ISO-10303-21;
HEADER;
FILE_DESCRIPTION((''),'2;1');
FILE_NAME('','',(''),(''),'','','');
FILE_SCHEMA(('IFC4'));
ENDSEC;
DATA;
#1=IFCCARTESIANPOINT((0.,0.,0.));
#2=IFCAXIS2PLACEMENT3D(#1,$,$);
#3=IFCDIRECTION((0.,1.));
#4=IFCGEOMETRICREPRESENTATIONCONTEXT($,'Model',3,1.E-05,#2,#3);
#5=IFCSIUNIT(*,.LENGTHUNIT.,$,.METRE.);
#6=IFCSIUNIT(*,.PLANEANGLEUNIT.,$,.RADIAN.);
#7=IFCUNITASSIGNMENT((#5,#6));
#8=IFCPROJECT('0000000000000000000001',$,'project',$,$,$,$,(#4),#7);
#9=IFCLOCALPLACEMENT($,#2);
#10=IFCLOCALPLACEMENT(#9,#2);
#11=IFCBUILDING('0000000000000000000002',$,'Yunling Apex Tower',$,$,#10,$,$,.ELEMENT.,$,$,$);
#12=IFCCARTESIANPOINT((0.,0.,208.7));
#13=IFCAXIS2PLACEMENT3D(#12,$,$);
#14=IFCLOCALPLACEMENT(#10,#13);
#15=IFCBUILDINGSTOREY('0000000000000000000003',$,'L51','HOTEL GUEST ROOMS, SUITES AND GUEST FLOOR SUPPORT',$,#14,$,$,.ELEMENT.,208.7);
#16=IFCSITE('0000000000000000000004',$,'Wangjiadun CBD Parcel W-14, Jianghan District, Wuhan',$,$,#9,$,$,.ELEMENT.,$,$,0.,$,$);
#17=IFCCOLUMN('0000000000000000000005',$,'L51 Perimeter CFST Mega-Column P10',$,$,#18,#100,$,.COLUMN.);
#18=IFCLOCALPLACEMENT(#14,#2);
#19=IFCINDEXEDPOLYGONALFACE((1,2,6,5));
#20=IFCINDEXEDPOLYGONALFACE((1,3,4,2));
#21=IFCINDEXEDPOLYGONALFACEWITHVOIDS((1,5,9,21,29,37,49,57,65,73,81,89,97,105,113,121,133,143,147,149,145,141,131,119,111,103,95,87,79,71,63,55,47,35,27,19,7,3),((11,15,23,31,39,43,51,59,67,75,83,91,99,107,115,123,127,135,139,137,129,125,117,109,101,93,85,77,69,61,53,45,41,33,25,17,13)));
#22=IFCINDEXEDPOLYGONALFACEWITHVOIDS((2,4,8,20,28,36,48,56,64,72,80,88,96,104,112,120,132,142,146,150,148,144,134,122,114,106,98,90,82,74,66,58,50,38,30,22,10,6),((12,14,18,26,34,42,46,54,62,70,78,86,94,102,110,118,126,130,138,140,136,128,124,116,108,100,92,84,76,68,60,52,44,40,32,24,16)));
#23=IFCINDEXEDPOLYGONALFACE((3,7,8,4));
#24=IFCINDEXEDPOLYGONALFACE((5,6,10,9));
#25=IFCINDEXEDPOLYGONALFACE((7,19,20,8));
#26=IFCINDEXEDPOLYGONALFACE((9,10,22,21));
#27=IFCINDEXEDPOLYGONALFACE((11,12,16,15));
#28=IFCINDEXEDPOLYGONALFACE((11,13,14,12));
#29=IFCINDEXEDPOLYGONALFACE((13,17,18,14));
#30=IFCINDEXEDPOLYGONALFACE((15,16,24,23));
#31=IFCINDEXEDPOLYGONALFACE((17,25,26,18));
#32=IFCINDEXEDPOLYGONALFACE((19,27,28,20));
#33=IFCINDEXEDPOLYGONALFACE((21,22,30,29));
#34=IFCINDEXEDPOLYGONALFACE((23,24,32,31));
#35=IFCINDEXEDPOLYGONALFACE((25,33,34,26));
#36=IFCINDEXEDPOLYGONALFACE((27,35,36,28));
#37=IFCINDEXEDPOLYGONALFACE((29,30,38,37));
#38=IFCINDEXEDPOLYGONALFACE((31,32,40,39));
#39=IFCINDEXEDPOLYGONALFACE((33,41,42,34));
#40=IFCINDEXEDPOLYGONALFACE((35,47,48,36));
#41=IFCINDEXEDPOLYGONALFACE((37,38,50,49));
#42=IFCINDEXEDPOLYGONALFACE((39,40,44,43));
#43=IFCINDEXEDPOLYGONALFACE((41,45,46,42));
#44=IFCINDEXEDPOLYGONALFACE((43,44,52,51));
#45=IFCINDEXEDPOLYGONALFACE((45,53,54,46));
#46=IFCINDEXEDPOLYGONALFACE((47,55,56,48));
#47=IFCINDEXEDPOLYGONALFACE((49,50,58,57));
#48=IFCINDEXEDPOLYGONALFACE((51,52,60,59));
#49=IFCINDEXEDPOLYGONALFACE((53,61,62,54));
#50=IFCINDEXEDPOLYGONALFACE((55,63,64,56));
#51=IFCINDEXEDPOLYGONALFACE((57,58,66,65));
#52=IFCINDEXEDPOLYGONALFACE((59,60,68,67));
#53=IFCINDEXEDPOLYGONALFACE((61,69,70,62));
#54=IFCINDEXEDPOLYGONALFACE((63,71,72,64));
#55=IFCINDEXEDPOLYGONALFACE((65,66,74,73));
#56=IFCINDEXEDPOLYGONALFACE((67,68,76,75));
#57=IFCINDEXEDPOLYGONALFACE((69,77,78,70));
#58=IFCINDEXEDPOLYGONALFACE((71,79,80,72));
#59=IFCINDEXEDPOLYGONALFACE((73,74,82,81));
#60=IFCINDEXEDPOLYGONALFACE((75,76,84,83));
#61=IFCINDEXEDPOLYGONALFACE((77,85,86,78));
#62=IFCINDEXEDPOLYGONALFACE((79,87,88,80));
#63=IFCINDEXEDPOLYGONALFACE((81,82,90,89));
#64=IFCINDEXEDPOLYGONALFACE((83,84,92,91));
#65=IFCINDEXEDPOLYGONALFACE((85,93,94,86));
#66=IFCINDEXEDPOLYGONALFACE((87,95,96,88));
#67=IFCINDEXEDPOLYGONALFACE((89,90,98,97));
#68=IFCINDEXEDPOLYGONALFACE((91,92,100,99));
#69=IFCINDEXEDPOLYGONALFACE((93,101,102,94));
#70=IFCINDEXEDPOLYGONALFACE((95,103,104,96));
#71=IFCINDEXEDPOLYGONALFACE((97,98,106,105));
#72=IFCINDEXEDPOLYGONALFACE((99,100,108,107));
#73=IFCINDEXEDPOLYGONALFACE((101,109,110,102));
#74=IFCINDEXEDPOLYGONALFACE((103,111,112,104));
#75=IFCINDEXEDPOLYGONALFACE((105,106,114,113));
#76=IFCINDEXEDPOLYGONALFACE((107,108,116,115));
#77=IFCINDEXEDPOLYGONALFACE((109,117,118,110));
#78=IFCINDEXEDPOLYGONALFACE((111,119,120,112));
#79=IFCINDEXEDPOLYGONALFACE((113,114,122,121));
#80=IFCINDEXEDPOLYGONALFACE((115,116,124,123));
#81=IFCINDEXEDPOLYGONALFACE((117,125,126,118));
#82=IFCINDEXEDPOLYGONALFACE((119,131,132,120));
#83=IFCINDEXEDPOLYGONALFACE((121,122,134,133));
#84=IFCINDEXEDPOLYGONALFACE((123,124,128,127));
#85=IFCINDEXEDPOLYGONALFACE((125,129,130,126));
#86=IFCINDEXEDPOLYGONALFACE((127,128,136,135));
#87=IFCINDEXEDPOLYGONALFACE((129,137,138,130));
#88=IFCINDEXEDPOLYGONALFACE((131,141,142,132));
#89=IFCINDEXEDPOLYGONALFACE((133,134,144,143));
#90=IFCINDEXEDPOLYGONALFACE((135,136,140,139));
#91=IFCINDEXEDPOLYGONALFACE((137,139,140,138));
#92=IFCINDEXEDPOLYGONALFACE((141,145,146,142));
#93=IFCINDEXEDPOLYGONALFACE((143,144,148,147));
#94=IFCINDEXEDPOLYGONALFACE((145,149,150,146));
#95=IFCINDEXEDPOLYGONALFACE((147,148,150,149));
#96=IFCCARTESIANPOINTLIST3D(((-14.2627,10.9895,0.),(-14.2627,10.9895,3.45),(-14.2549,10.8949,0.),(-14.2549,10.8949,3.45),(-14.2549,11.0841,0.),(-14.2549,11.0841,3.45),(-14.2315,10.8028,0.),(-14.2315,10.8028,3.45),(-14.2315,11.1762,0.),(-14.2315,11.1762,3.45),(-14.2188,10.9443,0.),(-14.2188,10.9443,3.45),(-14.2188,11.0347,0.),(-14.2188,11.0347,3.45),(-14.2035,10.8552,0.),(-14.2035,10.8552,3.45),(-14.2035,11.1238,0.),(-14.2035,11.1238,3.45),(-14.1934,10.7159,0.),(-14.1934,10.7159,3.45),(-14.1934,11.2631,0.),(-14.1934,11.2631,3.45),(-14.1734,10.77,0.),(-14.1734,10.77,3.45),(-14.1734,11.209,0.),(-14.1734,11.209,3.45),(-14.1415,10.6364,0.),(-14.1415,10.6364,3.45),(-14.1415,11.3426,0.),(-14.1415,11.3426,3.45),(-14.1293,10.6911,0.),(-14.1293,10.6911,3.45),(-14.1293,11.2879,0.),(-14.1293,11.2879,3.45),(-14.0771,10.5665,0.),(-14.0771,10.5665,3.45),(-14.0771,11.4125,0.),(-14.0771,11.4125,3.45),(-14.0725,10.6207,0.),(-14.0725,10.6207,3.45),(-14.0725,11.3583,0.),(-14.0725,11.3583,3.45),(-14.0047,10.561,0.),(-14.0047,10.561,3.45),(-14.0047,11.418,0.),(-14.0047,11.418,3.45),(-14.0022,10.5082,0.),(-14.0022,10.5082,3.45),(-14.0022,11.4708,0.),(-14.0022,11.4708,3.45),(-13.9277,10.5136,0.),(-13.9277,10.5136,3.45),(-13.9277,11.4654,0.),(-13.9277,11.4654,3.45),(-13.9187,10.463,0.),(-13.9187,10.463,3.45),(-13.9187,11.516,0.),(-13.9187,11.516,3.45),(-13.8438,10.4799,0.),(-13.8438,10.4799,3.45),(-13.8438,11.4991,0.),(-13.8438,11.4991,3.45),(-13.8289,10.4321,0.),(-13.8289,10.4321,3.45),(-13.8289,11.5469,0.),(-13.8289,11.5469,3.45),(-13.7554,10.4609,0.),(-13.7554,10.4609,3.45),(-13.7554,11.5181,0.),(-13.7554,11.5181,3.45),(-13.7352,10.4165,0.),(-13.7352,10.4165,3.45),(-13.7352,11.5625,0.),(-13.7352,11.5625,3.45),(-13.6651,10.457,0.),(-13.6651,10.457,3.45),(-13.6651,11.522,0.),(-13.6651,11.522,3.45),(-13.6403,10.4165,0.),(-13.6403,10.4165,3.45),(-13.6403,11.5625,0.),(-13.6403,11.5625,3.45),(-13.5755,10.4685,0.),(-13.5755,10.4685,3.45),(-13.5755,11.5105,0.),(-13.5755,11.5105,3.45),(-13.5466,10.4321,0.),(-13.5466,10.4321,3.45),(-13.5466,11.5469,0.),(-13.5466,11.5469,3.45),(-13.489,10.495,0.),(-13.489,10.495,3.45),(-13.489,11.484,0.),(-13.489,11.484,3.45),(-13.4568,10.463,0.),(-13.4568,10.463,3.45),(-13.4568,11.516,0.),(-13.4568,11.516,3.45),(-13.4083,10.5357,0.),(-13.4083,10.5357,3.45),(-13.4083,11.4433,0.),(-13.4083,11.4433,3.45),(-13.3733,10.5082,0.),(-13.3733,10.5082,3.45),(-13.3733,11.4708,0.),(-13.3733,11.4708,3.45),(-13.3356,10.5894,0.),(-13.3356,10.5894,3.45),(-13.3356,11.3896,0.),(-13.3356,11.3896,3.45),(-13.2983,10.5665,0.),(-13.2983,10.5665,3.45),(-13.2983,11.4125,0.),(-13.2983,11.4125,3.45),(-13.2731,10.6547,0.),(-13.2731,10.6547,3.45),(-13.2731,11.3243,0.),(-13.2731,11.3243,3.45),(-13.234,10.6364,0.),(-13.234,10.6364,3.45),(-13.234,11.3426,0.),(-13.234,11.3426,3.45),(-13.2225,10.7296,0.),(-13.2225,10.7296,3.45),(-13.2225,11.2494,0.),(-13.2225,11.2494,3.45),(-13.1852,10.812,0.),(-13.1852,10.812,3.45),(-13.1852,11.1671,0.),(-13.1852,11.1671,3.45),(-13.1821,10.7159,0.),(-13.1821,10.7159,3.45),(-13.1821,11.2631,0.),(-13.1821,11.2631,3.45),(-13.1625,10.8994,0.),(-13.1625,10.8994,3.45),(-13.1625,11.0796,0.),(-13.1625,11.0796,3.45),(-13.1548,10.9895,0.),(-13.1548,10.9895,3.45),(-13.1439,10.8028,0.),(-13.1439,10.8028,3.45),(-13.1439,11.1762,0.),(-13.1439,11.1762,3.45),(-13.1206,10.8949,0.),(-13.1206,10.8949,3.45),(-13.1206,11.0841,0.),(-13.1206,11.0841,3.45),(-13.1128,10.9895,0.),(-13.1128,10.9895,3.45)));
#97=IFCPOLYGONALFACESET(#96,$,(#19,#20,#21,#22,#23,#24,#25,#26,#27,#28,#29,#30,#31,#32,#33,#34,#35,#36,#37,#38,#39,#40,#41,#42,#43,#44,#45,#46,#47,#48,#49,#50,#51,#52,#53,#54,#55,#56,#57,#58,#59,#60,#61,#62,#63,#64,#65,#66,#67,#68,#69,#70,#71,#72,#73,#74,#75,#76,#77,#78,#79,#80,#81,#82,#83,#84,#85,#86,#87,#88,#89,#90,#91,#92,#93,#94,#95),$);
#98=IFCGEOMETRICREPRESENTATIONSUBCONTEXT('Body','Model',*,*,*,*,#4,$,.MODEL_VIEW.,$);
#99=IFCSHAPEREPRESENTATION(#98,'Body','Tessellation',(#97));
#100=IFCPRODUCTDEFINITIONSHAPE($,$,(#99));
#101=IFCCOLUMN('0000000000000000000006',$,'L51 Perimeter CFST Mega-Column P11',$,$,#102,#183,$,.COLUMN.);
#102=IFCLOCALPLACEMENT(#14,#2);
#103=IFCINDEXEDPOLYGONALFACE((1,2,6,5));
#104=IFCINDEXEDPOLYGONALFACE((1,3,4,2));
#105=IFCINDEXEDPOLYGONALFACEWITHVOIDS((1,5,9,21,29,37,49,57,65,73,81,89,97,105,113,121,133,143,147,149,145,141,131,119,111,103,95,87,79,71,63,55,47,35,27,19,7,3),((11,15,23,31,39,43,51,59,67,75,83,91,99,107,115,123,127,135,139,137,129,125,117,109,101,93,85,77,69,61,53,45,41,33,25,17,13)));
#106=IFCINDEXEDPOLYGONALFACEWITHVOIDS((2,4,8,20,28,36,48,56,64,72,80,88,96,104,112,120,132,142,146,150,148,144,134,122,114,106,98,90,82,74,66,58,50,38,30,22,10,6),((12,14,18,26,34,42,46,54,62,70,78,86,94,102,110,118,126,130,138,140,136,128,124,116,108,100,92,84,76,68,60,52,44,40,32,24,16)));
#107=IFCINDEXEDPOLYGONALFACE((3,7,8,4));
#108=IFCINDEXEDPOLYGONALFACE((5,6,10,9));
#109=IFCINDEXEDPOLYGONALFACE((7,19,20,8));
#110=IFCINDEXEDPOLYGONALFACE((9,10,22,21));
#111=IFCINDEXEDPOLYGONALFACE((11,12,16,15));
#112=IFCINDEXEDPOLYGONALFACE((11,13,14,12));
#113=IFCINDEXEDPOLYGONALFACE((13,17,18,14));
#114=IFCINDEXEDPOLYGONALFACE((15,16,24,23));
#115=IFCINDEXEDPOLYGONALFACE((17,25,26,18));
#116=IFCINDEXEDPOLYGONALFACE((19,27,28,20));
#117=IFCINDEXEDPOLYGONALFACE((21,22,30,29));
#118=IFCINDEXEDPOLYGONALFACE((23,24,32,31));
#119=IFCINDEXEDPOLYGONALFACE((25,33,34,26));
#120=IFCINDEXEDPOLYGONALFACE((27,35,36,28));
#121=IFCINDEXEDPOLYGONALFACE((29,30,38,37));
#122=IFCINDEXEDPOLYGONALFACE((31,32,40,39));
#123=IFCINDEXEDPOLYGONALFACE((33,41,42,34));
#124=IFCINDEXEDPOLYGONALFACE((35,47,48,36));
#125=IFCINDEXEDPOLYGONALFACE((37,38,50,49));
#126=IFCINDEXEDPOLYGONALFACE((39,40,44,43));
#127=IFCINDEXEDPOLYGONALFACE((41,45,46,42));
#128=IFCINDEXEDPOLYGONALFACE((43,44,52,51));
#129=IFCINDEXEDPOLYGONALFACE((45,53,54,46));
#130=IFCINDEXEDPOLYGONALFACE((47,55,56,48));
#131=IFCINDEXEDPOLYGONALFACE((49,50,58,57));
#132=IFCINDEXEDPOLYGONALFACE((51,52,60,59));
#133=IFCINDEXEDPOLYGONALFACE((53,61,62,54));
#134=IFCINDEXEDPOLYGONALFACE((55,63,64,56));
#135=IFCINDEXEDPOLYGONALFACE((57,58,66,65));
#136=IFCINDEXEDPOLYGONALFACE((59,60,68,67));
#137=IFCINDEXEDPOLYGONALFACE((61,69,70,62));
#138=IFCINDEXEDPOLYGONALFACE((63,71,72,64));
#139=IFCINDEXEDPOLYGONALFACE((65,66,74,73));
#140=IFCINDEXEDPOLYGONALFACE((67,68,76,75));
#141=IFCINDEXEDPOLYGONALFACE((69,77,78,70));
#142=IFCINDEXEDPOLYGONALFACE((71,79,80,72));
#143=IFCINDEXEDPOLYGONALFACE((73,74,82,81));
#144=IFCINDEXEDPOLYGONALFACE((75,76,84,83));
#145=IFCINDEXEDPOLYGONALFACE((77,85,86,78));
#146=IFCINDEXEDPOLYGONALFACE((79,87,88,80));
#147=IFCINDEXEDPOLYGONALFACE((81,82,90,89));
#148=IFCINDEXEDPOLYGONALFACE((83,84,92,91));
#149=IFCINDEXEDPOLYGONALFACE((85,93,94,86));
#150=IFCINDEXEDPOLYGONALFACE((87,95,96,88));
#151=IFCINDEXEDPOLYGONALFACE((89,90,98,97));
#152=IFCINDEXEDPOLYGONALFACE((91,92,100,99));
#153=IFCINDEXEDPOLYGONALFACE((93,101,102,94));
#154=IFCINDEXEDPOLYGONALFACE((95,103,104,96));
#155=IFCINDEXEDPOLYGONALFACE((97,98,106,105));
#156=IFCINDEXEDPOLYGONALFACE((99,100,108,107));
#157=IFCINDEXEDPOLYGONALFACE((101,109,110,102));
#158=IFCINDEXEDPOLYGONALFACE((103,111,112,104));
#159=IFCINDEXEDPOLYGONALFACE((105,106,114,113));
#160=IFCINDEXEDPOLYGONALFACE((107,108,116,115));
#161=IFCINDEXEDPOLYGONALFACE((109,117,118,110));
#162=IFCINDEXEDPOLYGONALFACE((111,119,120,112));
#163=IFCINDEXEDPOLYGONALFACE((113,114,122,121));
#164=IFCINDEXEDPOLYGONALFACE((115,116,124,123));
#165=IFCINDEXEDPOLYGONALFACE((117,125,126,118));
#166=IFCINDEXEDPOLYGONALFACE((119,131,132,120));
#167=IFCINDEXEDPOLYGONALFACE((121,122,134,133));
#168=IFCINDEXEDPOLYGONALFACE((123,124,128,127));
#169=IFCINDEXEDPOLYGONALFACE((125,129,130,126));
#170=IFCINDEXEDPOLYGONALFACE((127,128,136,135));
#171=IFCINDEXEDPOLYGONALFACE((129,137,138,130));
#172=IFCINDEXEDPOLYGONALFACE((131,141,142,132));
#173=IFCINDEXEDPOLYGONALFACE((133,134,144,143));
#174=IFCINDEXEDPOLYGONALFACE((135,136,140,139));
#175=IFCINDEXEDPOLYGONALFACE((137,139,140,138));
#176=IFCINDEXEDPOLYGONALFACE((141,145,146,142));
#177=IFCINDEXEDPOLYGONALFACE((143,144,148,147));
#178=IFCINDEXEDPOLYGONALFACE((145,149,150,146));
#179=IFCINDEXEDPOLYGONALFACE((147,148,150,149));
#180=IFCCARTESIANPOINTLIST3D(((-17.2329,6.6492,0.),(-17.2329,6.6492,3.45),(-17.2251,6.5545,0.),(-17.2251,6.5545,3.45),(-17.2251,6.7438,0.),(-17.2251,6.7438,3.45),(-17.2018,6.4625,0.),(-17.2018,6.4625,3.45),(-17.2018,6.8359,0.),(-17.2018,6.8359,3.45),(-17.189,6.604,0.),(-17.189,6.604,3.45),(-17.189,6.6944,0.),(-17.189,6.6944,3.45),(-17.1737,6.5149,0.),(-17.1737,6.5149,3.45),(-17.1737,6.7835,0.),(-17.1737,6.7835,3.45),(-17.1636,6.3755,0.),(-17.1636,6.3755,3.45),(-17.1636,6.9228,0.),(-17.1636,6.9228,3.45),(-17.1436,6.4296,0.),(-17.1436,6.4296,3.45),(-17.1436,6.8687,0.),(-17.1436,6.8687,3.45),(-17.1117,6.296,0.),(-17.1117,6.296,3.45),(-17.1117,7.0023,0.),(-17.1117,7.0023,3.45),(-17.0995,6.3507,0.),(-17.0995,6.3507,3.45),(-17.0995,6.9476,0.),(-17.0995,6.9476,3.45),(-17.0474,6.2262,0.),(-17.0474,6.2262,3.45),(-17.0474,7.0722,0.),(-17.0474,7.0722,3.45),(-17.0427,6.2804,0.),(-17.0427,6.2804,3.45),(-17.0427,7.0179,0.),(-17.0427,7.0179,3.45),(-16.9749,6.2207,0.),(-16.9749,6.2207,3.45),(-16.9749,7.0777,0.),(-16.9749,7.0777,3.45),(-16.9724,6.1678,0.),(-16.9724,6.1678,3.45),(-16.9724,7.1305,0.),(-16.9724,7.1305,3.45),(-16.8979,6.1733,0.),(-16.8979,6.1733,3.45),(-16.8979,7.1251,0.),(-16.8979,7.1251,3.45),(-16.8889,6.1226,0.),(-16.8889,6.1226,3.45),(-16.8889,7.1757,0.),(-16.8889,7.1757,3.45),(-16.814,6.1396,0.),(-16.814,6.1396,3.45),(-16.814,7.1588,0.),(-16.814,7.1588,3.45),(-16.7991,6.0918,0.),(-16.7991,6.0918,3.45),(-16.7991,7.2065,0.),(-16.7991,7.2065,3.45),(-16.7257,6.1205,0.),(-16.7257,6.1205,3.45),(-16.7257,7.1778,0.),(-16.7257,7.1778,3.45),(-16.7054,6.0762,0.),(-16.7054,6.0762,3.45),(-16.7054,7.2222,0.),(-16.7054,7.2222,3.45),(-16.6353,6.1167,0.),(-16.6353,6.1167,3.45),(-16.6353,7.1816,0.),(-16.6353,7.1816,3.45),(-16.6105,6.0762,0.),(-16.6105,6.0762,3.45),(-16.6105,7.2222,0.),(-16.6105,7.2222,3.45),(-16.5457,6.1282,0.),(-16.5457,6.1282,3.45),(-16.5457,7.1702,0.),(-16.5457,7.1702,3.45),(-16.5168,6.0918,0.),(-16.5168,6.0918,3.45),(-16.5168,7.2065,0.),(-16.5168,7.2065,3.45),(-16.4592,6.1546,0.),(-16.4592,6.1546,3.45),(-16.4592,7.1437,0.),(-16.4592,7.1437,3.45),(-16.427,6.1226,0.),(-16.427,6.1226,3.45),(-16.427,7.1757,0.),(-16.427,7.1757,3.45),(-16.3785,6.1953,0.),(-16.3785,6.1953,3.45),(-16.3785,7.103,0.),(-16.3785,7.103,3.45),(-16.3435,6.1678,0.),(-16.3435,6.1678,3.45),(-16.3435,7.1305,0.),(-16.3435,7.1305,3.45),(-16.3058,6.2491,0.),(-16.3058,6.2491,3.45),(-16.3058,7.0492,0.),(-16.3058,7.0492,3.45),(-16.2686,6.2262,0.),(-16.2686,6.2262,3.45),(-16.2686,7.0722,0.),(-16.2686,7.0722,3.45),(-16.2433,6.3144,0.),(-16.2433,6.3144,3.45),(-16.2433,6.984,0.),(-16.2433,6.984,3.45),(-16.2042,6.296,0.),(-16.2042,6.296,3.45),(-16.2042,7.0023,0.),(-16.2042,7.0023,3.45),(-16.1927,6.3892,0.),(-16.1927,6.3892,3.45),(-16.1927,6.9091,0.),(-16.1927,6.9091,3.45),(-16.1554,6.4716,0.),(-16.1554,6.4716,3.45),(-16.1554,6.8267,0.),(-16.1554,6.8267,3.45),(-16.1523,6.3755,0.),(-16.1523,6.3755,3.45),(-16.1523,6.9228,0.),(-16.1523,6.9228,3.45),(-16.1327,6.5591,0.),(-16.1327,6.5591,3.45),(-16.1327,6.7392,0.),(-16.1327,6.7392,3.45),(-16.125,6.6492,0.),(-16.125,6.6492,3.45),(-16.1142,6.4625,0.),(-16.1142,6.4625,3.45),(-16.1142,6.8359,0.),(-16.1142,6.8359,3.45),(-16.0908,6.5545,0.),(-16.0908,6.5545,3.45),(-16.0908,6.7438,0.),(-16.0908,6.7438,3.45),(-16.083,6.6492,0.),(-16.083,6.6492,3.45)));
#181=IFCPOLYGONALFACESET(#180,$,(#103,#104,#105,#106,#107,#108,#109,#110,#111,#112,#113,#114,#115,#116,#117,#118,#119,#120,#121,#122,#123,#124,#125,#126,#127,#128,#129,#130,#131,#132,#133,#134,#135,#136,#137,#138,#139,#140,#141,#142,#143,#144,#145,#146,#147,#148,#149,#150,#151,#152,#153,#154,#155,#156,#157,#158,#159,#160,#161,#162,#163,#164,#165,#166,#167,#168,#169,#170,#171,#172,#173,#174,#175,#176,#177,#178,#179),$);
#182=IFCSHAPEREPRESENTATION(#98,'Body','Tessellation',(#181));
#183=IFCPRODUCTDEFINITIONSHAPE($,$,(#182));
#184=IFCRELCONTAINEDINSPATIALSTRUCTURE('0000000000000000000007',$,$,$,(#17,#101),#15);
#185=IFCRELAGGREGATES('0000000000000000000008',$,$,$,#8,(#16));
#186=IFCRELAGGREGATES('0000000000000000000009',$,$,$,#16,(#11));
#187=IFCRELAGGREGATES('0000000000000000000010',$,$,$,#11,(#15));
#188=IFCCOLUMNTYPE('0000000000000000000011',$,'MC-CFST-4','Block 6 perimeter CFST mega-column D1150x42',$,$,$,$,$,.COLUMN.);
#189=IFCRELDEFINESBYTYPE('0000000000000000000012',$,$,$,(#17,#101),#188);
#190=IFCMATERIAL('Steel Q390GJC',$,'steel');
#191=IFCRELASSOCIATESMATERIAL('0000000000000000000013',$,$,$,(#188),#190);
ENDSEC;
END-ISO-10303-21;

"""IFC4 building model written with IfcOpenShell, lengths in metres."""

from ifc_helpers import new_model, si_unit, direction, frame, origin, origin_2d, place, context, subcontext, project, spatial, hollow_circle, extrude, source, transform, mapped, material, material_profile, profile_set, type_object, element, save


model = new_model("IFC4")

# Units and contexts
model_context = context("Model", 3, precision=1e-05, world=origin(), true_north=direction((0.0, 1.0)))
body_context = subcontext(model_context, "Body", "Model", "MODEL_VIEW")
ifc_project = project(units=[si_unit("LENGTHUNIT", "METRE"), si_unit("PLANEANGLEUNIT", "RADIAN")], contexts=[model_context])

# Site, building, storey
site_placement = place(None, origin())
site = spatial("IfcSite", under=ifc_project, at=site_placement, Name="Wangjiadun CBD Parcel W-14, Jianghan District, Wuhan", CompositionType="ELEMENT", RefElevation=0.0)
building_placement = place(site_placement, origin())
building = spatial("IfcBuilding", under=site, at=building_placement, Name="Yunling Apex Tower", CompositionType="ELEMENT")
storey_placement = place(building_placement, frame((0.0, 0.0, 208.7)))
storey = spatial("IfcBuildingStorey", under=building, at=storey_placement, Name="L51", Description="HOTEL GUEST ROOMS, SUITES AND GUEST FLOOR SUPPORT", CompositionType="ELEMENT", Elevation=208.7)

# Columns
ifc_material_1 = material(Name="Steel Q390GJC", Category="steel")
ifc_material_profile_1 = material_profile(ifc_material_1, hollow_circle(Radius=0.575, WallThickness=0.042, at=origin_2d()))
ifc_profile_set_1 = profile_set([ifc_material_profile_1], Name="Steel Q390GJC")
column_type = type_object("IfcColumnType", Name="MC-CFST-4", Description="Block 6 perimeter CFST mega-column D1150x42", PredefinedType="COLUMN", material=ifc_profile_set_1)
shared_shape_1 = source(origin(), body_context, "Body", "SweptSolid", [
    extrude(hollow_circle(Radius=0.575, WallThickness=0.042, at=origin_2d()), origin(), (0.0, 0.0, 1.0), 3.45),
])
for number, where, z_axis, x_axis, name in (
    (1, (-13.6877, 10.9895, 0.0), (0.0, 0.0, 1.0), (1.0, 0.0, 0.0), "L51 Perimeter CFST Mega-Column P10"),
    (2, (-16.658, 6.6492, 0.0), (0.0, 0.0, 1.0), (1.0, 0.0, 0.0), "L51 Perimeter CFST Mega-Column P11"),
):
    element("IfcColumn", number, at=place(storey_placement, frame(where, z_axis=z_axis, x_axis=x_axis)), inside=storey, type_object=column_type, Name=name, PredefinedType="COLUMN", context=body_context, shape_type="MappedRepresentation", body=[
        mapped(shared_shape_1, transform((0.0, 0.0, 0.0), scale=1.0)),
    ])

save(model, "model.ifc")
